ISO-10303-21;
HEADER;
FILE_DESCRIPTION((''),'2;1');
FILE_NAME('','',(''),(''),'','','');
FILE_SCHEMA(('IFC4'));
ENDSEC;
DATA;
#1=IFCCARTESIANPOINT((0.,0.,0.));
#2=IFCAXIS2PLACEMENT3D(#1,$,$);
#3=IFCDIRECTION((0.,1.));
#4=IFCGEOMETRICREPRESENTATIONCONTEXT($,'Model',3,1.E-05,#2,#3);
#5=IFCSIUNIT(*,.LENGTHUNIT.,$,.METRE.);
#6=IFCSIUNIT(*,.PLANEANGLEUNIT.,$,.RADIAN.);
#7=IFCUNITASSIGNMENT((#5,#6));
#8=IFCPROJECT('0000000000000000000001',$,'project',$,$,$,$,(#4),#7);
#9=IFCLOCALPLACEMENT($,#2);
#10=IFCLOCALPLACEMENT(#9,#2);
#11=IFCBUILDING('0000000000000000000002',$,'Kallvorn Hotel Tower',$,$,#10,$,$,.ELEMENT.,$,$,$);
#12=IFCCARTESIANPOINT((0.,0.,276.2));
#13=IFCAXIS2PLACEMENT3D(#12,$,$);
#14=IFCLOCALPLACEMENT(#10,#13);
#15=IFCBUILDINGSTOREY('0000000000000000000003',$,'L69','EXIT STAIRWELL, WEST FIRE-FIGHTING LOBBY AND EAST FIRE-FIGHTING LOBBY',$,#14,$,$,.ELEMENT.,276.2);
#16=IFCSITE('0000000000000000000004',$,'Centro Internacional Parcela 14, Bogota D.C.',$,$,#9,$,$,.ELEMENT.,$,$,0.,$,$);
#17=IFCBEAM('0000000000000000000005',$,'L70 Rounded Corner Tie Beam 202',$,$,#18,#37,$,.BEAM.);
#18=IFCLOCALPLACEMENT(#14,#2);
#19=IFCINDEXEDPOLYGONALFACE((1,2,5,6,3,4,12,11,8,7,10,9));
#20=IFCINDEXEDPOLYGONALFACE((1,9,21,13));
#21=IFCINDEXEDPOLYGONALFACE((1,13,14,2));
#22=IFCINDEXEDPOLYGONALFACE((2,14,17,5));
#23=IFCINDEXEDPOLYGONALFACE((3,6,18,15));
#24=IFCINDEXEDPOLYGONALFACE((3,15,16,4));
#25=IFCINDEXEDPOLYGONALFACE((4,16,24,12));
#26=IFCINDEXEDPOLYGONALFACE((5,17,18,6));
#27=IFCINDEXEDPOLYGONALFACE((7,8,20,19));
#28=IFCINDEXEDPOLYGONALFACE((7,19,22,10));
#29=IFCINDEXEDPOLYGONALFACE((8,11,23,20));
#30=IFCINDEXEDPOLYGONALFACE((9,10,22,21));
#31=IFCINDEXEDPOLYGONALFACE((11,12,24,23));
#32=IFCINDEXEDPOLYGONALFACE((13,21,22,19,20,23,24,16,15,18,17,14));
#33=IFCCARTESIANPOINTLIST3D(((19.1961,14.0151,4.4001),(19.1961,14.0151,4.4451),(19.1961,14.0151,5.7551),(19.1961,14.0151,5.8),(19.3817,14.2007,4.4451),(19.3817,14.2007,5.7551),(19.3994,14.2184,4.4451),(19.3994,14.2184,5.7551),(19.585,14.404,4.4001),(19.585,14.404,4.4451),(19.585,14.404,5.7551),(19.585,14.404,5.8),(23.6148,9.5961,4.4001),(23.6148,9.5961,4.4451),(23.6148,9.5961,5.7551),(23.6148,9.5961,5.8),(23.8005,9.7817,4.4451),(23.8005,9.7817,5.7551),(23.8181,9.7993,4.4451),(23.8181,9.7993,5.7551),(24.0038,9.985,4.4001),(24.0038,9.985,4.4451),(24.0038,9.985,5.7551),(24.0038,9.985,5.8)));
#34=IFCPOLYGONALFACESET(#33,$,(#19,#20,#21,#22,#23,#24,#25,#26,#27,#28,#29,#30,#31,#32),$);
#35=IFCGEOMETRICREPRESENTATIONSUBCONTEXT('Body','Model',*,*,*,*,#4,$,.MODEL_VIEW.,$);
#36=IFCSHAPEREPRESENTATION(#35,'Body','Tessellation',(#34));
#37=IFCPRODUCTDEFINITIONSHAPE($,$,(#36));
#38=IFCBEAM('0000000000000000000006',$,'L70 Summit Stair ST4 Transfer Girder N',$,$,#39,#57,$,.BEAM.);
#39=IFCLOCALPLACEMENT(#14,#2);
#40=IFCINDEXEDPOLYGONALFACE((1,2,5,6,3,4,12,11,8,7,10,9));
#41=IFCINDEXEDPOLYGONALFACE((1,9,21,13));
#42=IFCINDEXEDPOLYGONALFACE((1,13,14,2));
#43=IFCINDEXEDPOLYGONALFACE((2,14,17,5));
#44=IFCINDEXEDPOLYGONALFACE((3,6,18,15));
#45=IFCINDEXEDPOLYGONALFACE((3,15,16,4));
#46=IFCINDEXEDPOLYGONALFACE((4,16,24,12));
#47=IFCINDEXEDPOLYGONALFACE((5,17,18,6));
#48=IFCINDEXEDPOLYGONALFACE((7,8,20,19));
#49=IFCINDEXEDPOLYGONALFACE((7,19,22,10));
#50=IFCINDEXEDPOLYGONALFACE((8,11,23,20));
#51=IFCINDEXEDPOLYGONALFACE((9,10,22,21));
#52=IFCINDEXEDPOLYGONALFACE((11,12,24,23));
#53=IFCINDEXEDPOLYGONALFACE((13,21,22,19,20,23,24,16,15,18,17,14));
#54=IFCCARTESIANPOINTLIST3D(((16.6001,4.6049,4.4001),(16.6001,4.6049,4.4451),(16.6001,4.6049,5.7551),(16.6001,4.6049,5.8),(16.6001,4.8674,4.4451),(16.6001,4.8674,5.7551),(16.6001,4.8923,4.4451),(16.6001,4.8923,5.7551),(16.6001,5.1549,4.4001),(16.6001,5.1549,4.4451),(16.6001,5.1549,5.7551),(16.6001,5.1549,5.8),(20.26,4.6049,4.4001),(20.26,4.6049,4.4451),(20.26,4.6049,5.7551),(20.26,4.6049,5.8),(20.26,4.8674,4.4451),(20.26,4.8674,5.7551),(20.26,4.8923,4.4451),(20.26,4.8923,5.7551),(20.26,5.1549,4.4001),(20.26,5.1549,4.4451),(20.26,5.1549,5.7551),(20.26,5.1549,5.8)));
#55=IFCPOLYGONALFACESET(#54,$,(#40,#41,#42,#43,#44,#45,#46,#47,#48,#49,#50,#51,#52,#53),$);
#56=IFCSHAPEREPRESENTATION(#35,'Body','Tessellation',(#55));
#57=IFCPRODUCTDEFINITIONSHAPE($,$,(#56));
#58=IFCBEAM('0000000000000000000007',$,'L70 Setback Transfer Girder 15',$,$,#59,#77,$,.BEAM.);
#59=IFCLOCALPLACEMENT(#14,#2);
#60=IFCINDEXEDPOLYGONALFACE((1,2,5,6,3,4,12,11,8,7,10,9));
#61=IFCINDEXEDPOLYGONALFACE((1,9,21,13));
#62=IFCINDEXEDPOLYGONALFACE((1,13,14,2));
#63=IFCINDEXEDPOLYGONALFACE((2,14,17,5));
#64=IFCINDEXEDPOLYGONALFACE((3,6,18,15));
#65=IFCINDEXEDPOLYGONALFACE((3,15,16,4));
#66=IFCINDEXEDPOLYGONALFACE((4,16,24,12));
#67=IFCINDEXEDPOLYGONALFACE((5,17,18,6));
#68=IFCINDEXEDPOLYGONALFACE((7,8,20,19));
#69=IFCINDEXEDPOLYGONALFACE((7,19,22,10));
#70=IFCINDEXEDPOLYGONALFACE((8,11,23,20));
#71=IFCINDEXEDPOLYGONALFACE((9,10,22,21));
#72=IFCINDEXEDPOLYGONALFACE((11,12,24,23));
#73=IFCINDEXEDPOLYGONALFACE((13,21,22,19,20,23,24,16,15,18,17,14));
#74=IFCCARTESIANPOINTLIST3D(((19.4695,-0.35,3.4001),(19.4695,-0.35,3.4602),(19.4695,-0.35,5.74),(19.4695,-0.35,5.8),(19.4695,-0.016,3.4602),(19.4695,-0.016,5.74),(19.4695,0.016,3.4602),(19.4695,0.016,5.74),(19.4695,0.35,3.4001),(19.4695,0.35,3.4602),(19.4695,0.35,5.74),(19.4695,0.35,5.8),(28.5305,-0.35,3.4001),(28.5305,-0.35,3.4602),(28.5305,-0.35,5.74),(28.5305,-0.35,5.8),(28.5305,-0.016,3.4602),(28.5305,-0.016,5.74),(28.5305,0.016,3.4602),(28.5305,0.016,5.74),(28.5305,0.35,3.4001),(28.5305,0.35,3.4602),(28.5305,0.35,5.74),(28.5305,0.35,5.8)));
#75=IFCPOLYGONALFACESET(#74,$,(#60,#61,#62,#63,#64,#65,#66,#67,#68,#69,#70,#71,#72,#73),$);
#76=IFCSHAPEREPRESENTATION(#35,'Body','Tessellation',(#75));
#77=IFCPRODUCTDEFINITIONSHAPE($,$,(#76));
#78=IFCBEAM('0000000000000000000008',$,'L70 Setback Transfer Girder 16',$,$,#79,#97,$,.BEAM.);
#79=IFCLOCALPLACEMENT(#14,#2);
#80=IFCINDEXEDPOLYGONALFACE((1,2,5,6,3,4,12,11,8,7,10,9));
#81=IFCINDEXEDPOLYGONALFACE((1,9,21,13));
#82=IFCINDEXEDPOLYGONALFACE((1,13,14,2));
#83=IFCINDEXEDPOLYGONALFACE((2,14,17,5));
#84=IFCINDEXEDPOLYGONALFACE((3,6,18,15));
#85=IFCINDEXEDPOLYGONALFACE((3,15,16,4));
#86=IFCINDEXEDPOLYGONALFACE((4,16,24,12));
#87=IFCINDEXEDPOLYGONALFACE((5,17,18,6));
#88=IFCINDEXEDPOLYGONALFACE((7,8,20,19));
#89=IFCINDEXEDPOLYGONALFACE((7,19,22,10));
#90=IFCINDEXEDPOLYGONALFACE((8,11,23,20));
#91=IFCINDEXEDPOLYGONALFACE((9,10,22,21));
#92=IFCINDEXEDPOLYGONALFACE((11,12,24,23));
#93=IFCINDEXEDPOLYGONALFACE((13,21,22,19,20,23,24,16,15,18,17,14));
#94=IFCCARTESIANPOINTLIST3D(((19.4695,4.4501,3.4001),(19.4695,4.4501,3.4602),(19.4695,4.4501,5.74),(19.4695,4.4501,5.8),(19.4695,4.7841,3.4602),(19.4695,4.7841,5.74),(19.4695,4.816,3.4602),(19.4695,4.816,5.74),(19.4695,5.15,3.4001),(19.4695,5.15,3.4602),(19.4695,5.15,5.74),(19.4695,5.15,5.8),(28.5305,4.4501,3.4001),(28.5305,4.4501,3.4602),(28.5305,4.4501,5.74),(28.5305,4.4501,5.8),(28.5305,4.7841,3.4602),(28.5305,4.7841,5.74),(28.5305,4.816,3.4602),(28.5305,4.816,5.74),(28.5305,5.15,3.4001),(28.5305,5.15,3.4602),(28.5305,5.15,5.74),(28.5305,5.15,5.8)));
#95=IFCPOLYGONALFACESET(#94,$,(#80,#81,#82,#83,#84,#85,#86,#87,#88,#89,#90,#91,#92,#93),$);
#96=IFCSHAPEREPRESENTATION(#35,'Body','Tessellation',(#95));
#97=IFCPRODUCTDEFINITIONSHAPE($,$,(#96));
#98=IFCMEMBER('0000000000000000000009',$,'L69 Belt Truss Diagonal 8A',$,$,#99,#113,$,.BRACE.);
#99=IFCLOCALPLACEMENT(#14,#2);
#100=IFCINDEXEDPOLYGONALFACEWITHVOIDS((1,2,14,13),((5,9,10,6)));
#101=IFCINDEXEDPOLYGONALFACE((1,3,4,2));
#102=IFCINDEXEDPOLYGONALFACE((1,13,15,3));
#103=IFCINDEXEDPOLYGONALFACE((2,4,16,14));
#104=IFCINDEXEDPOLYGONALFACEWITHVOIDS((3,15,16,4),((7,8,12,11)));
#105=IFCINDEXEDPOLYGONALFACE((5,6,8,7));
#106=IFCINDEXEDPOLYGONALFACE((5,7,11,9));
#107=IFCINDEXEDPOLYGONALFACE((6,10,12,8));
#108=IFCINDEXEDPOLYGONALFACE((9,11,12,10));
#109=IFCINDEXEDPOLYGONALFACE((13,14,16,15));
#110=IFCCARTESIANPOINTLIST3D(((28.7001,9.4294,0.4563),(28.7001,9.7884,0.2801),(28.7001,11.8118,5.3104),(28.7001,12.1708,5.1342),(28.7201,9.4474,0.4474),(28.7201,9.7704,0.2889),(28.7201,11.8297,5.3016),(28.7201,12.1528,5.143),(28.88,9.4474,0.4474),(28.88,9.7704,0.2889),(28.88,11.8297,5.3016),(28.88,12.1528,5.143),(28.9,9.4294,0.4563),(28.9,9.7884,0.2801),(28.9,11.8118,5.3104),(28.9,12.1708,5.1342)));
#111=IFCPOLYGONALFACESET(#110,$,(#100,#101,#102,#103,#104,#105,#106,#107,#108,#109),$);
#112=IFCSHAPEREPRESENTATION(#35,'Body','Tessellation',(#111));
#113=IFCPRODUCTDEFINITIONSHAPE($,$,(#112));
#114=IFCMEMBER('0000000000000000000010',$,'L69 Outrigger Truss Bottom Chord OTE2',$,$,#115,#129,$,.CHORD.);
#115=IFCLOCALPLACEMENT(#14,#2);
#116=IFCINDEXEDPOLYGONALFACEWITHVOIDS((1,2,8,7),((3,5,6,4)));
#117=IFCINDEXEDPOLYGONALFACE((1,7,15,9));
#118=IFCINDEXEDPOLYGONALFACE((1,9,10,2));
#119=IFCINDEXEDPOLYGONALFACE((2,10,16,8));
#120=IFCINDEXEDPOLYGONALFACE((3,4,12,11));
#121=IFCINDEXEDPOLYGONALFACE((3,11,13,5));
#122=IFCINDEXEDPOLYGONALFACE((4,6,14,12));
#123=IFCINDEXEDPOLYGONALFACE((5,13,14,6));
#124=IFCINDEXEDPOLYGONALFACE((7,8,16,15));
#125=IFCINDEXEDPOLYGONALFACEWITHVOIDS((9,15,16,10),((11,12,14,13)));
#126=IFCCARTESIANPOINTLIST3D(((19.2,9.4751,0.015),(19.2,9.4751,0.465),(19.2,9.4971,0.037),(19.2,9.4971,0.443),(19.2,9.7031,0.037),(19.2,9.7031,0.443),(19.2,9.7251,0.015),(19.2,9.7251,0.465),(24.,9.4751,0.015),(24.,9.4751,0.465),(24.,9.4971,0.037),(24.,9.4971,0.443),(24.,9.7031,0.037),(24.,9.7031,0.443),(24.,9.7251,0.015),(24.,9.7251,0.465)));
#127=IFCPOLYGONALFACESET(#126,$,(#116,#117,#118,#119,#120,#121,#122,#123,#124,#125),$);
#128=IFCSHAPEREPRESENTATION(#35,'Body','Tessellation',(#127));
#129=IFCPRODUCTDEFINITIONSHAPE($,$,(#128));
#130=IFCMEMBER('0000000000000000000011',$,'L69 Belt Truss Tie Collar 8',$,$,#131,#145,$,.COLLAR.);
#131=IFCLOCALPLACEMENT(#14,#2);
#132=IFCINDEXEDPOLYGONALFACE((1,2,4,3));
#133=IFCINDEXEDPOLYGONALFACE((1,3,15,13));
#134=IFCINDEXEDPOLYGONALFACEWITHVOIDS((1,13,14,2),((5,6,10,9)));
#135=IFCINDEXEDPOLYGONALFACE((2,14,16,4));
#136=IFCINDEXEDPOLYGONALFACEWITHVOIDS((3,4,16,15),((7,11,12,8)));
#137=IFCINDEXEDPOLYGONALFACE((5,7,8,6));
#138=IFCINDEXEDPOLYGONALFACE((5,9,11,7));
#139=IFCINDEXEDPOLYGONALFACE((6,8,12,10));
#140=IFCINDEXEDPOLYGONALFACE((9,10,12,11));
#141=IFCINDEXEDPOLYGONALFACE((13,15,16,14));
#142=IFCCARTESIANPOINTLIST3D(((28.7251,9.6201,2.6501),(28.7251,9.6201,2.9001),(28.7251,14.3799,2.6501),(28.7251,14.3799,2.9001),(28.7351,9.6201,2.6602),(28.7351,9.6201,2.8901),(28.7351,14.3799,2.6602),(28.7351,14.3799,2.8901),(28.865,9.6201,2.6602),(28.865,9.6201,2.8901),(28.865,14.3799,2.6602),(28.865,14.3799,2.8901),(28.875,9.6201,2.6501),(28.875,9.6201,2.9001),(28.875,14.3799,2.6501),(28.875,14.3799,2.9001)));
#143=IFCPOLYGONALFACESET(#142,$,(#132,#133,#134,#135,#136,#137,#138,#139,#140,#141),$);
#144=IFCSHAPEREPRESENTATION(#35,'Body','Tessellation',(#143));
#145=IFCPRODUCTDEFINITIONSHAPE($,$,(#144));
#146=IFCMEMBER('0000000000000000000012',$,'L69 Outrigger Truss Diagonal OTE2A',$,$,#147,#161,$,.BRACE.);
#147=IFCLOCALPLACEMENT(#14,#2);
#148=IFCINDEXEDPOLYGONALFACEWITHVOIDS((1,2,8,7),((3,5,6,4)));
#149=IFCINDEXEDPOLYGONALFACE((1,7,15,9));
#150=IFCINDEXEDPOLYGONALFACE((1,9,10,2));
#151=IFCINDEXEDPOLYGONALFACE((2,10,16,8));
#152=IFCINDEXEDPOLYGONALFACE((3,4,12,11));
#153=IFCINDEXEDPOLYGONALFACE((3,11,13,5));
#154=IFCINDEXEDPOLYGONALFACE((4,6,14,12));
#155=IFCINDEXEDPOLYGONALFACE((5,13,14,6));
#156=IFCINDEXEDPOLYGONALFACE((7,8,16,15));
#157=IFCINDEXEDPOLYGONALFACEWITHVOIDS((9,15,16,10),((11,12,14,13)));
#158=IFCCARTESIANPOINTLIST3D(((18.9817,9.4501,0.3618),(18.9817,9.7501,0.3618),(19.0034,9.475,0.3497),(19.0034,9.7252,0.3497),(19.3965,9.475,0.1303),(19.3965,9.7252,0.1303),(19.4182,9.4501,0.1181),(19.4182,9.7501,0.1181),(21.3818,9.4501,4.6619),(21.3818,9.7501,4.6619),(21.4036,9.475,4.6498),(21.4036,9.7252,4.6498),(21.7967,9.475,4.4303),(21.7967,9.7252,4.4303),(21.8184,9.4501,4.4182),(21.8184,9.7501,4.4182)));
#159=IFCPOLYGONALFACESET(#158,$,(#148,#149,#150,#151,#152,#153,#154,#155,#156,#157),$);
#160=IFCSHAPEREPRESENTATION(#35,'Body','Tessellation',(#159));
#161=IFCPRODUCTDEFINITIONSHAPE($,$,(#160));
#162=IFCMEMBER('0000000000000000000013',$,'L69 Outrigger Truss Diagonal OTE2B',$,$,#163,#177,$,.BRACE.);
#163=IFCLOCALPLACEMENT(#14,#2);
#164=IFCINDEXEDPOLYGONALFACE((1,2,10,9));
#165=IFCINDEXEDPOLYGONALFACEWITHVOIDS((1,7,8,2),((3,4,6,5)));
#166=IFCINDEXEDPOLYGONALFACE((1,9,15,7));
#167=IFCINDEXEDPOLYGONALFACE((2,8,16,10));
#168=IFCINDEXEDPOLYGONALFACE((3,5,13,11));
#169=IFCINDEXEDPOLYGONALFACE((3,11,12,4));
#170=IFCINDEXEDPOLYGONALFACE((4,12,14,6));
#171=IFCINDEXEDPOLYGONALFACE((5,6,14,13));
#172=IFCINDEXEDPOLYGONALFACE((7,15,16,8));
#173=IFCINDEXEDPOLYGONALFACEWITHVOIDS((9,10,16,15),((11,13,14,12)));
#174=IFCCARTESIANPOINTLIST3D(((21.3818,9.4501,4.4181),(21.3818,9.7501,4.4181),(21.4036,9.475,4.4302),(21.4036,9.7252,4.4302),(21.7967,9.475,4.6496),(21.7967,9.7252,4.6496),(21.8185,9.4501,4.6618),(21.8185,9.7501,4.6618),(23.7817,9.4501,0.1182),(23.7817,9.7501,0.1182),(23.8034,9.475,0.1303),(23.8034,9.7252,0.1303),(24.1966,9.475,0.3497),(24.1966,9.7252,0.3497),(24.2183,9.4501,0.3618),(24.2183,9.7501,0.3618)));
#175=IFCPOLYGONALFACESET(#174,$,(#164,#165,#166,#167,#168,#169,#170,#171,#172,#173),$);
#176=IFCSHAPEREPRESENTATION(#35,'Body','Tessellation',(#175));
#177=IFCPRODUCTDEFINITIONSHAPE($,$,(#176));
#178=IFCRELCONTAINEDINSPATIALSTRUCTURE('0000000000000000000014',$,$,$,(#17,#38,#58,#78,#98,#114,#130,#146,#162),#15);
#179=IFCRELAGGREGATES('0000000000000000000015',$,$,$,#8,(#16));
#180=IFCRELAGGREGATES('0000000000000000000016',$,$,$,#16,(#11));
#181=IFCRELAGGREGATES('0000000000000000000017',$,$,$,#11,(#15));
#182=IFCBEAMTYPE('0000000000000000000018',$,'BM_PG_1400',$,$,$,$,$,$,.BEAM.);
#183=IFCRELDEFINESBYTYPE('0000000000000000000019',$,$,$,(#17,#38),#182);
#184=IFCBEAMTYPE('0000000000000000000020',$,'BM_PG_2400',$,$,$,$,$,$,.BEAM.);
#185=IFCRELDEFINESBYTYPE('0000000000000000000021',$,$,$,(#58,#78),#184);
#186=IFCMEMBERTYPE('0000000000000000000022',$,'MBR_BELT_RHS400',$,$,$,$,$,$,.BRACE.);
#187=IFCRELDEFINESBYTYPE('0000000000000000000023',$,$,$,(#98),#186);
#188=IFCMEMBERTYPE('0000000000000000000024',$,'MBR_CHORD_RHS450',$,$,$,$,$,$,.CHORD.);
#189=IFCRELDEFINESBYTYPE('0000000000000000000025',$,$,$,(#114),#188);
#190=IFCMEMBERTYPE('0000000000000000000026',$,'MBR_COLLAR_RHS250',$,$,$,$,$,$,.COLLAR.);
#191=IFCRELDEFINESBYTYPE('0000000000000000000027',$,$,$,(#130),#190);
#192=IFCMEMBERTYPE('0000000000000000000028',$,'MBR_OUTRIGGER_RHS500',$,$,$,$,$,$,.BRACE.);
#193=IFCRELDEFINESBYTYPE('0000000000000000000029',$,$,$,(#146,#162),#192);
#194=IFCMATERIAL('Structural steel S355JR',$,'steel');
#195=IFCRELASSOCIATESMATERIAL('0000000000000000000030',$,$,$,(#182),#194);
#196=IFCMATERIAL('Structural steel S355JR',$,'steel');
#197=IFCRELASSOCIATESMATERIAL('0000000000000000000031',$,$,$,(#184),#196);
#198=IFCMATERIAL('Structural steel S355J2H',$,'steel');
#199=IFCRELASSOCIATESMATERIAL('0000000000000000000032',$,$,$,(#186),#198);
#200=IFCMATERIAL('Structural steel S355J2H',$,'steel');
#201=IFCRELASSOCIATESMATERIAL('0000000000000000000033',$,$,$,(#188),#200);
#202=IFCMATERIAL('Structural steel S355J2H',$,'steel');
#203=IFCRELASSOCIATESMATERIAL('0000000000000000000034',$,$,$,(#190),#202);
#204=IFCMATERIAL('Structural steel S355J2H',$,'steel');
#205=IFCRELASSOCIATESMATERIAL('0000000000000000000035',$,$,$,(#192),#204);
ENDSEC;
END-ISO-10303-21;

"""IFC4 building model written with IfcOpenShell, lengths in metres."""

from ifc_helpers import new_model, si_unit, direction, frame, origin, origin_2d, place, context, subcontext, project, spatial, hollow_rectangle, i_section, extrude, material, material_profile, profile_set, type_object, element, save


model = new_model("IFC4")

# Units and contexts
model_context = context("Model", 3, precision=1e-05, world=origin(), true_north=direction((0.0, 1.0)))
body_context = subcontext(model_context, "Body", "Model", "MODEL_VIEW")
ifc_project = project(units=[si_unit("LENGTHUNIT", "METRE"), si_unit("PLANEANGLEUNIT", "RADIAN")], contexts=[model_context])

# Site, building, storey
site_placement = place(None, origin())
site = spatial("IfcSite", under=ifc_project, at=site_placement, Name="Centro Internacional Parcela 14, Bogota D.C.", CompositionType="ELEMENT", RefElevation=0.0)
building_placement = place(site_placement, origin())
building = spatial("IfcBuilding", under=site, at=building_placement, Name="Kallvorn Hotel Tower", CompositionType="ELEMENT")
storey_placement = place(building_placement, frame((0.0, 0.0, 276.2)))
storey = spatial("IfcBuildingStorey", under=building, at=storey_placement, Name="L69", Description="EXIT STAIRWELL, WEST FIRE-FIGHTING LOBBY AND EAST FIRE-FIGHTING LOBBY", CompositionType="ELEMENT", Elevation=276.2)

# Beams
ifc_material_1 = material(Name="Structural steel S355JR", Category="steel")
ifc_material_profile_1 = material_profile(ifc_material_1, i_section(OverallWidth=0.55, OverallDepth=1.3999, WebThickness=0.0249, FlangeThickness=0.0449, at=origin_2d()), Name="PG 1400x550x25x45")
ifc_profile_set_1 = profile_set([ifc_material_profile_1], Name="Structural steel S355JR")
beam_type_1 = type_object("IfcBeamType", Name="BM_PG_1400", PredefinedType="BEAM", material=ifc_profile_set_1)
beam_1_placement = place(storey_placement, frame((23.8093, 9.7905, 5.1001), z_axis=(-0.707087, 0.707126, 0.0), x_axis=(-0.707126, -0.707087, 0.0)))
element("IfcBeam", 1, at=beam_1_placement, inside=storey, type_object=beam_type_1, Name="L70 Rounded Corner Tie Beam 202", PredefinedType="BEAM", context=body_context, shape_type="SweptSolid", body=[
    extrude(i_section(OverallWidth=0.55, OverallDepth=1.3999, WebThickness=0.0249, FlangeThickness=0.0449, at=origin_2d()), origin(), (0.0, 0.0, 1.0), 6.2493),
])
beam_2_placement = place(storey_placement, frame((16.6001, 4.8799, 5.1001), z_axis=(1.0, 0.0, 0.0), x_axis=(0.0, 1.0, 0.0)))
element("IfcBeam", 2, at=beam_2_placement, inside=storey, type_object=beam_type_1, Name="L70 Summit Stair ST4 Transfer Girder N", PredefinedType="BEAM", context=body_context, shape_type="SweptSolid", body=[
    extrude(i_section(OverallWidth=0.55, OverallDepth=1.3999, WebThickness=0.0249, FlangeThickness=0.0449, at=origin_2d()), origin(), (0.0, 0.0, 1.0), 3.6599),
])
ifc_material_2 = material(Name="Structural steel S355JR", Category="steel")
ifc_material_profile_2 = material_profile(ifc_material_2, i_section(OverallWidth=0.7, OverallDepth=2.3999, WebThickness=0.032, FlangeThickness=0.0601, at=origin_2d()), Name="PG 2400x700x32x60")
ifc_profile_set_2 = profile_set([ifc_material_profile_2], Name="Structural steel S355JR")
beam_type_2 = type_object("IfcBeamType", Name="BM_PG_2400", PredefinedType="BEAM", material=ifc_profile_set_2)
for number, where, z_axis, x_axis, name in (
    (3, (19.4695, 0.0, 4.6001), (1.0, 0.0, 0.0), (0.0, 1.0, 0.0), "L70 Setback Transfer Girder 15"),
    (4, (19.4695, 4.8, 4.6001), (1.0, 0.0, 0.0), (0.0, 1.0, 0.0), "L70 Setback Transfer Girder 16"),
):
    element("IfcBeam", number, at=place(storey_placement, frame(where, z_axis=z_axis, x_axis=x_axis)), inside=storey, type_object=beam_type_2, Name=name, PredefinedType="BEAM", context=body_context, shape_type="SweptSolid", body=[
        extrude(i_section(OverallWidth=0.7, OverallDepth=2.3999, WebThickness=0.032, FlangeThickness=0.0601, at=origin_2d()), origin(), (0.0, 0.0, 1.0), 9.061),
    ])

# Members
ifc_material_3 = material(Name="Structural steel S355J2H", Category="steel")
ifc_material_profile_3 = material_profile(ifc_material_3, hollow_rectangle(XDim=0.2, YDim=0.3999, WallThickness=0.02, at=origin_2d()), Name="RHS 400x200x20")
ifc_profile_set_3 = profile_set([ifc_material_profile_3], Name="Structural steel S355J2H")
member_type_1 = type_object("IfcMemberType", Name="MBR_BELT_RHS400", PredefinedType="BRACE", material=ifc_profile_set_3)
member_1_placement = place(storey_placement, frame((28.8, 9.6089, 0.3682), z_axis=(0.0, 0.440591, 0.897708), x_axis=(-1.0, 0.0, 0.0)))
element("IfcMember", 5, at=member_1_placement, inside=storey, type_object=member_type_1, Name="L69 Belt Truss Diagonal 8A", PredefinedType="BRACE", context=body_context, shape_type="SweptSolid", body=[
    extrude(hollow_rectangle(XDim=0.2, YDim=0.3999, WallThickness=0.02, at=origin_2d()), origin(), (0.0, 0.0, 1.0), 5.4072),
])
ifc_material_4 = material(Name="Structural steel S355J2H", Category="steel")
ifc_material_profile_4 = material_profile(ifc_material_4, hollow_rectangle(XDim=0.25, YDim=0.45, WallThickness=0.022, at=origin_2d()), Name="RHS 450x250x22")
ifc_profile_set_4 = profile_set([ifc_material_profile_4], Name="Structural steel S355J2H")
member_type_2 = type_object("IfcMemberType", Name="MBR_CHORD_RHS450", PredefinedType="CHORD", material=ifc_profile_set_4)
member_2_placement = place(storey_placement, frame((19.2, 9.6001, 0.24), z_axis=(1.0, 0.0, 0.0), x_axis=(0.0, 1.0, 0.0)))
element("IfcMember", 6, at=member_2_placement, inside=storey, type_object=member_type_2, Name="L69 Outrigger Truss Bottom Chord OTE2", PredefinedType="CHORD", context=body_context, shape_type="SweptSolid", body=[
    extrude(hollow_rectangle(XDim=0.25, YDim=0.45, WallThickness=0.022, at=origin_2d()), origin(), (0.0, 0.0, 1.0), 4.8),
])
ifc_material_5 = material(Name="Structural steel S355J2H", Category="steel")
ifc_material_profile_5 = material_profile(ifc_material_5, hollow_rectangle(XDim=0.1499, YDim=0.25, WallThickness=0.01, at=origin_2d()), Name="RHS 250x150x10")
ifc_profile_set_5 = profile_set([ifc_material_profile_5], Name="Structural steel S355J2H")
member_type_3 = type_object("IfcMemberType", Name="MBR_COLLAR_RHS250", PredefinedType="COLLAR", material=ifc_profile_set_5)
member_3_placement = place(storey_placement, frame((28.8, 9.6201, 2.7751), z_axis=(0.0, 1.0, 0.0), x_axis=(-1.0, 0.0, 0.0)))
element("IfcMember", 7, at=member_3_placement, inside=storey, type_object=member_type_3, Name="L69 Belt Truss Tie Collar 8", PredefinedType="COLLAR", context=body_context, shape_type="SweptSolid", body=[
    extrude(hollow_rectangle(XDim=0.1499, YDim=0.25, WallThickness=0.01, at=origin_2d()), origin(), (0.0, 0.0, 1.0), 4.7598),
])
ifc_material_6 = material(Name="Structural steel S355J2H", Category="steel")
ifc_material_profile_6 = material_profile(ifc_material_6, hollow_rectangle(XDim=0.3, YDim=0.5, WallThickness=0.0249, at=origin_2d()), Name="RHS 500x300x25")
ifc_profile_set_6 = profile_set([ifc_material_profile_6], Name="Structural steel S355J2H")
member_type_4 = type_object("IfcMemberType", Name="MBR_OUTRIGGER_RHS500", PredefinedType="BRACE", material=ifc_profile_set_6)
member_4_placement = place(storey_placement, frame((19.2, 9.6001, 0.24), z_axis=(0.487385, 0.0, 0.873187), x_axis=(0.0, 1.0, 0.0)))
element("IfcMember", 8, at=member_4_placement, inside=storey, type_object=member_type_4, Name="L69 Outrigger Truss Diagonal OTE2A", PredefinedType="BRACE", context=body_context, shape_type="SweptSolid", body=[
    extrude(hollow_rectangle(XDim=0.3, YDim=0.5, WallThickness=0.0249, at=origin_2d()), origin(), (0.0, 0.0, 1.0), 4.9246),
])
member_5_placement = place(storey_placement, frame((24.0, 9.6001, 0.24), z_axis=(-0.487347, 0.0, 0.873208), x_axis=(0.0, -1.0, 0.0)))
element("IfcMember", 9, at=member_5_placement, inside=storey, type_object=member_type_4, Name="L69 Outrigger Truss Diagonal OTE2B", PredefinedType="BRACE", context=body_context, shape_type="SweptSolid", body=[
    extrude(hollow_rectangle(XDim=0.3, YDim=0.5, WallThickness=0.0249, at=origin_2d()), origin(), (0.0, 0.0, 1.0), 4.9243),
])

save(model, "model.ifc")
